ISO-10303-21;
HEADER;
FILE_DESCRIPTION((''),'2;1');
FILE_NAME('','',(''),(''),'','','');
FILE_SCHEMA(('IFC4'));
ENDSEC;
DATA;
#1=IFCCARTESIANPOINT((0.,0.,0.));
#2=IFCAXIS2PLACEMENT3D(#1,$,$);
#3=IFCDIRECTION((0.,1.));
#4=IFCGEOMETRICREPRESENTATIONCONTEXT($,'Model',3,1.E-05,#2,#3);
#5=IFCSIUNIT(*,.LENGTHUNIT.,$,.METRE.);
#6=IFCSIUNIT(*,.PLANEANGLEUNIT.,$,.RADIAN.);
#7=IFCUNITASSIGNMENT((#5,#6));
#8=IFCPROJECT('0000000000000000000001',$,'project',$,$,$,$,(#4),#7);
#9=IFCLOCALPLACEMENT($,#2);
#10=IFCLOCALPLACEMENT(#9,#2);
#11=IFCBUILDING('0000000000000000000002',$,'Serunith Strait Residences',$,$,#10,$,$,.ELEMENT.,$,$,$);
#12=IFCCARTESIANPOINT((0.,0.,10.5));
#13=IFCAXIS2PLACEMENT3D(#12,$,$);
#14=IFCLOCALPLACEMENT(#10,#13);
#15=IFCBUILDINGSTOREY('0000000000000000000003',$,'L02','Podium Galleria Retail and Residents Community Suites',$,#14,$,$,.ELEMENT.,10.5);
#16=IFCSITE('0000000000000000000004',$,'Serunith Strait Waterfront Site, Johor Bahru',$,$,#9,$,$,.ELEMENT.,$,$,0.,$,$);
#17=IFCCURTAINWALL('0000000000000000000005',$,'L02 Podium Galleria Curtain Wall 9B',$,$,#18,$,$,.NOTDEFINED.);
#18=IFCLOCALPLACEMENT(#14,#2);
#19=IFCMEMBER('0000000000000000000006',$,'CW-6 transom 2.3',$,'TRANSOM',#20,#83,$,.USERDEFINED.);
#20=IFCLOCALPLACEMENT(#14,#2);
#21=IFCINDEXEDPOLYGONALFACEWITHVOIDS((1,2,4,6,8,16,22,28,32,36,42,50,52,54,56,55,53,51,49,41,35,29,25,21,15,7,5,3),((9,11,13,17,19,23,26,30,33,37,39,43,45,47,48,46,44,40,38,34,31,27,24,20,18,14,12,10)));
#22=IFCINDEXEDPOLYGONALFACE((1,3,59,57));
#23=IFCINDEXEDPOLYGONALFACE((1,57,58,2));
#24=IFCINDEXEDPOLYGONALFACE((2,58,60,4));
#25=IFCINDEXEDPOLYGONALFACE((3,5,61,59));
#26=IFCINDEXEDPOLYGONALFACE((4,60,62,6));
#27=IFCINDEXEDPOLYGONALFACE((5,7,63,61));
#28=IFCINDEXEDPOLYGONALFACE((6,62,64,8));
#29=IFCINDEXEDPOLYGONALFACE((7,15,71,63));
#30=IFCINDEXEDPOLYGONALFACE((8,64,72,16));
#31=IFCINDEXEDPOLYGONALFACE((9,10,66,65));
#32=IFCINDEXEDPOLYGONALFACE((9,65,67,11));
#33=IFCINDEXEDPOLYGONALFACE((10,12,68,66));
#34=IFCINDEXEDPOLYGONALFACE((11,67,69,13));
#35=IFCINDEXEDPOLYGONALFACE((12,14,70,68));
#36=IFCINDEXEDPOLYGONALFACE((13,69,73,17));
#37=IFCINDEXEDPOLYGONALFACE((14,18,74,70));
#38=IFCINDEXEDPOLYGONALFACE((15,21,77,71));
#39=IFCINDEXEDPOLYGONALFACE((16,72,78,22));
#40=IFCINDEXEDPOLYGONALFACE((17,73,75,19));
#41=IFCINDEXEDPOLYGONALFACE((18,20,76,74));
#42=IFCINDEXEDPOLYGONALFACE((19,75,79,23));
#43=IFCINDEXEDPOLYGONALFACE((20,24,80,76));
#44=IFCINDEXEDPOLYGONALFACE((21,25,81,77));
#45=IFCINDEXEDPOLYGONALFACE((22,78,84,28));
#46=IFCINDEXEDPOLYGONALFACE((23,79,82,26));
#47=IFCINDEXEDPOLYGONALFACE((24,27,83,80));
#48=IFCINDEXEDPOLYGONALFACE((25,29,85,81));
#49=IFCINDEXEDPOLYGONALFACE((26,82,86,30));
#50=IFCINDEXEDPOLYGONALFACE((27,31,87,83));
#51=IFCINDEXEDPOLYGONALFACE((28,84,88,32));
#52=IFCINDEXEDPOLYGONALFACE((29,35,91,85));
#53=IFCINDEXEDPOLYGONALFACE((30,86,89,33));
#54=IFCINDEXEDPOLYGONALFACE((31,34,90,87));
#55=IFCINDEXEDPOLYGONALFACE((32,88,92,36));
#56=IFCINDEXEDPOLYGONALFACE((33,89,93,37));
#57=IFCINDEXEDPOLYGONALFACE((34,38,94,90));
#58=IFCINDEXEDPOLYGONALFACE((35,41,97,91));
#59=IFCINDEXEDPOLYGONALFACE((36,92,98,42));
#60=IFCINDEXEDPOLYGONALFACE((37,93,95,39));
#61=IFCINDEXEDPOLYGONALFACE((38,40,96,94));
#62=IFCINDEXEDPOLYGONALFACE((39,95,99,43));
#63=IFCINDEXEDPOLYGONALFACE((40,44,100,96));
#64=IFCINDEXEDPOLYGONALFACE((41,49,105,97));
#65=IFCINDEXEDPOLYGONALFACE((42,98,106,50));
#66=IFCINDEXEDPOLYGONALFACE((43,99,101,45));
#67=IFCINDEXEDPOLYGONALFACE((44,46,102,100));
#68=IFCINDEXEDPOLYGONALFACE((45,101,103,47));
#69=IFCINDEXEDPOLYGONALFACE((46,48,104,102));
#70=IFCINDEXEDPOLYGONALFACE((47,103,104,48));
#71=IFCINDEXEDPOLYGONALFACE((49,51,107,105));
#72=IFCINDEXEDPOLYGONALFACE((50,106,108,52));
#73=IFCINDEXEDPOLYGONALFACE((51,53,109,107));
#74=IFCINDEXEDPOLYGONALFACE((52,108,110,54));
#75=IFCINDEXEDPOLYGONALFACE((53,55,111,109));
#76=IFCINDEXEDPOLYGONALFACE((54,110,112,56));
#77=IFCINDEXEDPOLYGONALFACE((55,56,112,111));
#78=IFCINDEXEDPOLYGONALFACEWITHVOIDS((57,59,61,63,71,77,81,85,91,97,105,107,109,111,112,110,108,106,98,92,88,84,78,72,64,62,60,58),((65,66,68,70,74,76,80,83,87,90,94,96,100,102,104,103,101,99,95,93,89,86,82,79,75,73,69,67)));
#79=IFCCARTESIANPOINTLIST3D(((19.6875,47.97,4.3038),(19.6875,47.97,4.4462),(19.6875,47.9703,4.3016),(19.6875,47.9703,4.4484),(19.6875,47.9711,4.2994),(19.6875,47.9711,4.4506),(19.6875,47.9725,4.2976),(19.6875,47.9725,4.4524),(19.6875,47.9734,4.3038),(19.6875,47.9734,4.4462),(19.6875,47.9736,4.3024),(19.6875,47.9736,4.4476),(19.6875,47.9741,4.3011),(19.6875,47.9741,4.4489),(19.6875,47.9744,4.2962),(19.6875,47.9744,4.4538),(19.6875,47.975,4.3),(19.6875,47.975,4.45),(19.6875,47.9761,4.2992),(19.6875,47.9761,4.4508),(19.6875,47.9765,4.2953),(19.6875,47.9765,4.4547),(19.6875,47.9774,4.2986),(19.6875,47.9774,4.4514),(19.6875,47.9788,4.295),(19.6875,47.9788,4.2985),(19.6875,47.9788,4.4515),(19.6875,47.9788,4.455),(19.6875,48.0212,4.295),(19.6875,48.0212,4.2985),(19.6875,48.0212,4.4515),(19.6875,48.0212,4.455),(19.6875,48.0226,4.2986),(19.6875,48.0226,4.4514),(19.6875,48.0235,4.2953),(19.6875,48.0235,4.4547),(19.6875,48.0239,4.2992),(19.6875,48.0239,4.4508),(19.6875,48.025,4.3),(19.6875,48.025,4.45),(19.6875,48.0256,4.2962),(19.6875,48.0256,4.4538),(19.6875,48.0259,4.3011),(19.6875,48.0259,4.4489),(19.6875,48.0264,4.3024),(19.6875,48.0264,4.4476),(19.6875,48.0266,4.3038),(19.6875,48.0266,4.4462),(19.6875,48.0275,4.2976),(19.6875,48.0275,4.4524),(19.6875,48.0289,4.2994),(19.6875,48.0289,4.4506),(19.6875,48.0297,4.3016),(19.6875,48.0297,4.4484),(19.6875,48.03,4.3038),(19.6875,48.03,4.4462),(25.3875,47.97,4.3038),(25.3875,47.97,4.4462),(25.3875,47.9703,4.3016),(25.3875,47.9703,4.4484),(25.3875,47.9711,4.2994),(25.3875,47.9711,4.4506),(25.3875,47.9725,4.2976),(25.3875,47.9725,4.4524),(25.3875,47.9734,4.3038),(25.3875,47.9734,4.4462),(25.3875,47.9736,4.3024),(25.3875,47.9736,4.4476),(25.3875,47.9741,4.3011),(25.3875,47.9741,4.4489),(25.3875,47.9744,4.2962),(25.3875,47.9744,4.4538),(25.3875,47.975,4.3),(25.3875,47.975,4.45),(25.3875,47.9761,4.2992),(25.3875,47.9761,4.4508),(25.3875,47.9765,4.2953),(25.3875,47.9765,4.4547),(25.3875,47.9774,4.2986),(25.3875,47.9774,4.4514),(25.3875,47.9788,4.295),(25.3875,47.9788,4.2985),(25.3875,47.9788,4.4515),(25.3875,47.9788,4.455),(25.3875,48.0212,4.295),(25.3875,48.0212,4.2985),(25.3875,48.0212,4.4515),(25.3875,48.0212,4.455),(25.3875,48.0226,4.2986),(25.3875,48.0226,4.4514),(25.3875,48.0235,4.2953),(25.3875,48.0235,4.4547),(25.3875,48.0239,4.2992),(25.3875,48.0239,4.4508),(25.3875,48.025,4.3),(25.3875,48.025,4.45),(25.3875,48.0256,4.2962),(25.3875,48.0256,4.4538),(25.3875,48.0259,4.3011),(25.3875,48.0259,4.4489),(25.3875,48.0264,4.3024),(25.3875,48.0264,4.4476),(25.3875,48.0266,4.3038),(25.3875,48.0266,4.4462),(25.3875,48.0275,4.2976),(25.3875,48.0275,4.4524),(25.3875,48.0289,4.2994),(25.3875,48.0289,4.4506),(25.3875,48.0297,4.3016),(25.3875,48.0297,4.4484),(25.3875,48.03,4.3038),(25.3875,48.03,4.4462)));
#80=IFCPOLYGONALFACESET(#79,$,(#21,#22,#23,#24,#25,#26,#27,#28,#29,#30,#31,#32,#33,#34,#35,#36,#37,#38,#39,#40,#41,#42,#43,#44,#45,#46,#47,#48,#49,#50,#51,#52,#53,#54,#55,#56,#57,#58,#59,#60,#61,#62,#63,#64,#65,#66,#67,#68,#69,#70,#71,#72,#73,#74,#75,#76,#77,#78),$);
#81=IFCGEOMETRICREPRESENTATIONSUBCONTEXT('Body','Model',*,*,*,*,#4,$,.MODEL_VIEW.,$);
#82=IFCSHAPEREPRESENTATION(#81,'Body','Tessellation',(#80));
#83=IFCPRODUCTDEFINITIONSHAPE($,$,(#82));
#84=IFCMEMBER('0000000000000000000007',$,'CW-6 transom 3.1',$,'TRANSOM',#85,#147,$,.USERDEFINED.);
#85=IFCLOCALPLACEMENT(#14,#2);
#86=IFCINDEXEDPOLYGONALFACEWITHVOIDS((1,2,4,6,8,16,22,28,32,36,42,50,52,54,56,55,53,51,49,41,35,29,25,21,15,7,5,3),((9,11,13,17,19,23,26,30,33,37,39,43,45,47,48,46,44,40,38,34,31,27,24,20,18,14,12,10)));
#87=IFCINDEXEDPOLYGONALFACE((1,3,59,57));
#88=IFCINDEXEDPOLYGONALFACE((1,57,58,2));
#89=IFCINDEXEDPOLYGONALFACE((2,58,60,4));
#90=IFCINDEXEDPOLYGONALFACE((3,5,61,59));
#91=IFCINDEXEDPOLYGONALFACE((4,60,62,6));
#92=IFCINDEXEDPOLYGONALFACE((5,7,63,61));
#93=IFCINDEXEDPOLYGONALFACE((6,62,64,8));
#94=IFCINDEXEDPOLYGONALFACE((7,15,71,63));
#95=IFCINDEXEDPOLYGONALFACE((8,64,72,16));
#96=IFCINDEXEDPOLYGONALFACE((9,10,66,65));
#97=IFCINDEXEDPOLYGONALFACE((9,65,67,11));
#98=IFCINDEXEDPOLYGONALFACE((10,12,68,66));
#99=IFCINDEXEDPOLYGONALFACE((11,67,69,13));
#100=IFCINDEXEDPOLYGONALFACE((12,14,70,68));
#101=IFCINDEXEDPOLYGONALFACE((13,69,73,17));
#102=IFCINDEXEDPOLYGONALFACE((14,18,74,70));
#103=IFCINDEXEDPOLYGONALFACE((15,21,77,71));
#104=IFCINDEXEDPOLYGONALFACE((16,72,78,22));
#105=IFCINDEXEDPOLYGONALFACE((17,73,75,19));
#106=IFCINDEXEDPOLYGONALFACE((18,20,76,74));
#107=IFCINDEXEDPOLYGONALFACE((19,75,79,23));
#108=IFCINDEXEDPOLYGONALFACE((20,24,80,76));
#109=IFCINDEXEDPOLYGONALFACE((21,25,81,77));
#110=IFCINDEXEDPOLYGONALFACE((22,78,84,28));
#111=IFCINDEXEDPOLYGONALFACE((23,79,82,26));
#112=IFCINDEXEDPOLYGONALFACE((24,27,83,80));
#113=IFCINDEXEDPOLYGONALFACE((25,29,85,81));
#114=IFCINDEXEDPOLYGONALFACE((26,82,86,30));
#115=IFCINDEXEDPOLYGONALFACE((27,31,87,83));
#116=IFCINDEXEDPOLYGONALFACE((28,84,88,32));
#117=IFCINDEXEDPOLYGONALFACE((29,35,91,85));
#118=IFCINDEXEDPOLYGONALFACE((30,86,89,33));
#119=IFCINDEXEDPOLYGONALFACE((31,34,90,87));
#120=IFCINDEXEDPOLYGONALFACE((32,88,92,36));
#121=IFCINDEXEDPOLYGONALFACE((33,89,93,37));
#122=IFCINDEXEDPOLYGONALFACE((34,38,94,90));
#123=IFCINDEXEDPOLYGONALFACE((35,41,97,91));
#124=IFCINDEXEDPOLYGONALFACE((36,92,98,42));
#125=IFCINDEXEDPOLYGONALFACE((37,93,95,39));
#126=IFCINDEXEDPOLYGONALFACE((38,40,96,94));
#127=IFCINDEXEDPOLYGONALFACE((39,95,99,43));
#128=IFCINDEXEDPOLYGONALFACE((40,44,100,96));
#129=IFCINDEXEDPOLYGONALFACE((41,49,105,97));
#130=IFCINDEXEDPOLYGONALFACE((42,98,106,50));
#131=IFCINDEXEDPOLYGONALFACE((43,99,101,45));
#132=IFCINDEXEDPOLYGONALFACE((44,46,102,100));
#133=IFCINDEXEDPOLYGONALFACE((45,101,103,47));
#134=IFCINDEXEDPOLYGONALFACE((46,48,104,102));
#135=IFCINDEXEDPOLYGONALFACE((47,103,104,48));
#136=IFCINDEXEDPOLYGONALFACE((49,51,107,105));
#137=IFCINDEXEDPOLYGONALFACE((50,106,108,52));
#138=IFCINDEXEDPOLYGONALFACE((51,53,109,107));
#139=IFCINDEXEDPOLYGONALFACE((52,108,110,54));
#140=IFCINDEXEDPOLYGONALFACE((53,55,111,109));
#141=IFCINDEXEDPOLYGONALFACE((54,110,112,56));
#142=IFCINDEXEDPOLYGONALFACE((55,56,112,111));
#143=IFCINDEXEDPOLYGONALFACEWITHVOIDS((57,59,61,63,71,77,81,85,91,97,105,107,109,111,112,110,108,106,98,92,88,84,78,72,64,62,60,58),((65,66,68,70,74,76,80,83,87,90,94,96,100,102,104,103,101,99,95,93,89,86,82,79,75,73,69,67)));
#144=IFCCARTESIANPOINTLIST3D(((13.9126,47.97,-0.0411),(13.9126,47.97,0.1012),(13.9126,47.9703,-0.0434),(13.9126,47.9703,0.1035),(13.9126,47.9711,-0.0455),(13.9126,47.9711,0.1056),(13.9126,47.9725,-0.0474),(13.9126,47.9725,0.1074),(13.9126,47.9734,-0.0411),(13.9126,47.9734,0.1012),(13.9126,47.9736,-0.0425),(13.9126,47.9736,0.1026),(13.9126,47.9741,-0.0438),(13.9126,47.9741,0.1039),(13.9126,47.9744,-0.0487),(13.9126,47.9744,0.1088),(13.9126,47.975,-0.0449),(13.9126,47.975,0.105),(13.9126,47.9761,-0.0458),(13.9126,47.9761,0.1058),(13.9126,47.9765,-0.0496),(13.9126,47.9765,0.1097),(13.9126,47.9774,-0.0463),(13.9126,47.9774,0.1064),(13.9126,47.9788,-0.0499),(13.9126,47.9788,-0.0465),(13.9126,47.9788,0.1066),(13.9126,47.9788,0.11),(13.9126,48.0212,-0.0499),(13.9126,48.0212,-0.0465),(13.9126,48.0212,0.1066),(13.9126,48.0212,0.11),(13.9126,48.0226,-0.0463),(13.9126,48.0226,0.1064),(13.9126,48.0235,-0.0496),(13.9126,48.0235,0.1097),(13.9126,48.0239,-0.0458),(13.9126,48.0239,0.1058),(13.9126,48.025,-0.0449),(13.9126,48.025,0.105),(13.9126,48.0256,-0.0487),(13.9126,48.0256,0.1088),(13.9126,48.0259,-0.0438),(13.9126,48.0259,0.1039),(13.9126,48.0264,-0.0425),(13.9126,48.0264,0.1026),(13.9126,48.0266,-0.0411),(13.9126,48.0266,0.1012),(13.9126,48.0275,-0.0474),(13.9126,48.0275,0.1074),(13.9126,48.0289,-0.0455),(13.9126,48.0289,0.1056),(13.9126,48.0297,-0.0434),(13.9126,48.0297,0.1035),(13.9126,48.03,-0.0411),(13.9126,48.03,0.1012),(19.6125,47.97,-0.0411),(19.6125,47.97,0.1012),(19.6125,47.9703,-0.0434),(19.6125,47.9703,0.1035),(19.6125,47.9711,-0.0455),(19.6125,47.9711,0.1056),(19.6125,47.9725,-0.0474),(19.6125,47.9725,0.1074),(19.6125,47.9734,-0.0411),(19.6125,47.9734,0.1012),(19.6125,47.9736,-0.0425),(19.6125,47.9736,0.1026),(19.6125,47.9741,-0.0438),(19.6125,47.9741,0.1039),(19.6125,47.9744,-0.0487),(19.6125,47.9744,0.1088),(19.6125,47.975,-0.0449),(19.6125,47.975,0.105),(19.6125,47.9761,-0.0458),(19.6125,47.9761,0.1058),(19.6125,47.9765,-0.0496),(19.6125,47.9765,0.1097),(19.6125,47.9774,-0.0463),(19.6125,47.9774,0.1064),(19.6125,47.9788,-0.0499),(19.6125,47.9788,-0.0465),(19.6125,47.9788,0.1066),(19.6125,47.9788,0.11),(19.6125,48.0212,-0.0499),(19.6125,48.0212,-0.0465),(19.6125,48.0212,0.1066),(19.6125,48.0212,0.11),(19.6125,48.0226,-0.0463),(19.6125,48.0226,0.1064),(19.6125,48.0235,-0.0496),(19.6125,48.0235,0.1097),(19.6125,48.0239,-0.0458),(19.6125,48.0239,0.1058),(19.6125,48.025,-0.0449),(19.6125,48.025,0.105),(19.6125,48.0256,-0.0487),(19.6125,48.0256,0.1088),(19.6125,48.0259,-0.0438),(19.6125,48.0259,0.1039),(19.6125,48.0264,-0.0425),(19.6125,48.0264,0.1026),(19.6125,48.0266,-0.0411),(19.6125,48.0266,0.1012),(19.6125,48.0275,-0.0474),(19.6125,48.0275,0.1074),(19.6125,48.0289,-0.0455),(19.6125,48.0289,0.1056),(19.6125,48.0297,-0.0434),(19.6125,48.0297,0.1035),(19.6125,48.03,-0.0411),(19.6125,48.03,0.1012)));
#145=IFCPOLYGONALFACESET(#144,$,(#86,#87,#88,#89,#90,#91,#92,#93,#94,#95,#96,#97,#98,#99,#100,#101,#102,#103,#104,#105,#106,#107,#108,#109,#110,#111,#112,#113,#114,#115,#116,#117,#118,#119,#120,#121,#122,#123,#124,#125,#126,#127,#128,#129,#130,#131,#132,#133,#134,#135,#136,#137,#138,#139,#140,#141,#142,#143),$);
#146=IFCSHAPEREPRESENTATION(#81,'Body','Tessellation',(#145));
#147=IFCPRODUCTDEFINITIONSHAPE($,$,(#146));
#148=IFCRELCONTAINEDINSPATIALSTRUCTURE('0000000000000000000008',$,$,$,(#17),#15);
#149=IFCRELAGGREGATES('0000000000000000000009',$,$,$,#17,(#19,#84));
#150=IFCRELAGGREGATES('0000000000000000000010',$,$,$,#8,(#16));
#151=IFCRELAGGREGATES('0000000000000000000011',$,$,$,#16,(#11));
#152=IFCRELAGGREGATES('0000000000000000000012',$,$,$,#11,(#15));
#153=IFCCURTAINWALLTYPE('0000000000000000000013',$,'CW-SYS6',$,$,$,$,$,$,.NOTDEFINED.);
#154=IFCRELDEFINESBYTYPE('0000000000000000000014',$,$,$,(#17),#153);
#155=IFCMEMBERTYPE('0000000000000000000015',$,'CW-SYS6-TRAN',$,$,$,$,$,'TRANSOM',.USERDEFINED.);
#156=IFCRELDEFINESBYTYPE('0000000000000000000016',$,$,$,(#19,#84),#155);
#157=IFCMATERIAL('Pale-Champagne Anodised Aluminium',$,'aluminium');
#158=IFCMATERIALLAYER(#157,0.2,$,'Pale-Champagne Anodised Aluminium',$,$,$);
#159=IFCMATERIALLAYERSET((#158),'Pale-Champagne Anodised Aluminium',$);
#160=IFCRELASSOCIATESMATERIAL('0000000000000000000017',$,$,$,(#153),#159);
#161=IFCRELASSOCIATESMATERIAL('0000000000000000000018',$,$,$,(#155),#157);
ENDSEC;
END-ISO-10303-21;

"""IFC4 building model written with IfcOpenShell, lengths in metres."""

from ifc_helpers import new_model, si_unit, direction, frame, origin, origin_2d, place, context, subcontext, project, spatial, hollow_rectangle, extrude, source, transform, mapped, material, layer, layer_set, material_profile, profile_set, type_object, element, aggregate, save


model = new_model("IFC4")

# Units and contexts
model_context = context("Model", 3, precision=1e-05, world=origin(), true_north=direction((0.0, 1.0)))
body_context = subcontext(model_context, "Body", "Model", "MODEL_VIEW")
ifc_project = project(units=[si_unit("LENGTHUNIT", "METRE"), si_unit("PLANEANGLEUNIT", "RADIAN")], contexts=[model_context])

# Site, building, storey
site_placement = place(None, origin())
site = spatial("IfcSite", under=ifc_project, at=site_placement, Name="Serunith Strait Waterfront Site, Johor Bahru", CompositionType="ELEMENT", RefElevation=0.0)
building_placement = place(site_placement, origin())
building = spatial("IfcBuilding", under=site, at=building_placement, Name="Serunith Strait Residences", CompositionType="ELEMENT")
storey_placement = place(building_placement, frame((0.0, 0.0, 10.5)))
storey = spatial("IfcBuildingStorey", under=building, at=storey_placement, Name="L02", Description="Podium Galleria Retail and Residents Community Suites", CompositionType="ELEMENT", Elevation=10.5)

# Curtain wall, members
ifc_material_1 = material(Name="Pale-Champagne Anodised Aluminium", Category="aluminium")
ifc_layer_1 = layer(ifc_material_1, 0.2, Name="Pale-Champagne Anodised Aluminium")
ifc_layer_set_1 = layer_set([ifc_layer_1], Name="Pale-Champagne Anodised Aluminium")
curtain_wall_type = type_object("IfcCurtainWallType", Name="CW-SYS6", PredefinedType="NOTDEFINED", material=ifc_layer_set_1)
curtain_wall_placement = place(storey_placement, origin())
curtain_wall = element("IfcCurtainWall", 1, at=curtain_wall_placement, inside=storey, type_object=curtain_wall_type, Name="L02 Podium Galleria Curtain Wall 9B", PredefinedType="NOTDEFINED")
ifc_material_profile_1 = material_profile(ifc_material_1, hollow_rectangle(XDim=0.0601, YDim=0.1599, WallThickness=0.0034, InnerFilletRadius=0.0054, OuterFilletRadius=0.0088, at=origin_2d()), Name="ALU 160x60x3.5")
ifc_profile_set_1 = profile_set([ifc_material_profile_1], Name="Pale-Champagne Anodised Aluminium")
member_type_1 = type_object("IfcMemberType", Name="CW-SYS6-TRAN", ElementType="TRANSOM", PredefinedType="USERDEFINED", material=ifc_profile_set_1)
shared_shape_1 = source(origin(), body_context, "Body", "SweptSolid", [
    extrude(hollow_rectangle(XDim=0.0601, YDim=0.1599, WallThickness=0.0034, InnerFilletRadius=0.0054, OuterFilletRadius=0.0088, at=origin_2d()), origin(), (0.0, 0.0, 1.0), 5.7),
])
member_1_placement = place(storey_placement, frame((25.3875, 48.0, 4.375), z_axis=(-1.0, 0.0, 0.0), x_axis=(0.0, -1.0, 0.0)))
member_1 = element("IfcMember", 2, at=member_1_placement, type_object=member_type_1, Name="CW-6 transom 2.3", ObjectType="TRANSOM", PredefinedType="USERDEFINED", context=body_context, shape_type="MappedRepresentation", body=[
    mapped(shared_shape_1, transform((0.0, 0.0, 0.0), scale=1.0)),
])
member_2_placement = place(storey_placement, frame((19.6125, 48.0, 0.03), z_axis=(-1.0, 0.0, 0.0), x_axis=(0.0, -1.0, 0.0)))
member_2 = element("IfcMember", 3, at=member_2_placement, type_object=member_type_1, Name="CW-6 transom 3.1", ObjectType="TRANSOM", PredefinedType="USERDEFINED", context=body_context, shape_type="MappedRepresentation", body=[
    mapped(shared_shape_1, transform((0.0, 0.0, 0.0), scale=1.0)),
])
aggregate(curtain_wall, [member_1, member_2])

save(model, "model.ifc")
